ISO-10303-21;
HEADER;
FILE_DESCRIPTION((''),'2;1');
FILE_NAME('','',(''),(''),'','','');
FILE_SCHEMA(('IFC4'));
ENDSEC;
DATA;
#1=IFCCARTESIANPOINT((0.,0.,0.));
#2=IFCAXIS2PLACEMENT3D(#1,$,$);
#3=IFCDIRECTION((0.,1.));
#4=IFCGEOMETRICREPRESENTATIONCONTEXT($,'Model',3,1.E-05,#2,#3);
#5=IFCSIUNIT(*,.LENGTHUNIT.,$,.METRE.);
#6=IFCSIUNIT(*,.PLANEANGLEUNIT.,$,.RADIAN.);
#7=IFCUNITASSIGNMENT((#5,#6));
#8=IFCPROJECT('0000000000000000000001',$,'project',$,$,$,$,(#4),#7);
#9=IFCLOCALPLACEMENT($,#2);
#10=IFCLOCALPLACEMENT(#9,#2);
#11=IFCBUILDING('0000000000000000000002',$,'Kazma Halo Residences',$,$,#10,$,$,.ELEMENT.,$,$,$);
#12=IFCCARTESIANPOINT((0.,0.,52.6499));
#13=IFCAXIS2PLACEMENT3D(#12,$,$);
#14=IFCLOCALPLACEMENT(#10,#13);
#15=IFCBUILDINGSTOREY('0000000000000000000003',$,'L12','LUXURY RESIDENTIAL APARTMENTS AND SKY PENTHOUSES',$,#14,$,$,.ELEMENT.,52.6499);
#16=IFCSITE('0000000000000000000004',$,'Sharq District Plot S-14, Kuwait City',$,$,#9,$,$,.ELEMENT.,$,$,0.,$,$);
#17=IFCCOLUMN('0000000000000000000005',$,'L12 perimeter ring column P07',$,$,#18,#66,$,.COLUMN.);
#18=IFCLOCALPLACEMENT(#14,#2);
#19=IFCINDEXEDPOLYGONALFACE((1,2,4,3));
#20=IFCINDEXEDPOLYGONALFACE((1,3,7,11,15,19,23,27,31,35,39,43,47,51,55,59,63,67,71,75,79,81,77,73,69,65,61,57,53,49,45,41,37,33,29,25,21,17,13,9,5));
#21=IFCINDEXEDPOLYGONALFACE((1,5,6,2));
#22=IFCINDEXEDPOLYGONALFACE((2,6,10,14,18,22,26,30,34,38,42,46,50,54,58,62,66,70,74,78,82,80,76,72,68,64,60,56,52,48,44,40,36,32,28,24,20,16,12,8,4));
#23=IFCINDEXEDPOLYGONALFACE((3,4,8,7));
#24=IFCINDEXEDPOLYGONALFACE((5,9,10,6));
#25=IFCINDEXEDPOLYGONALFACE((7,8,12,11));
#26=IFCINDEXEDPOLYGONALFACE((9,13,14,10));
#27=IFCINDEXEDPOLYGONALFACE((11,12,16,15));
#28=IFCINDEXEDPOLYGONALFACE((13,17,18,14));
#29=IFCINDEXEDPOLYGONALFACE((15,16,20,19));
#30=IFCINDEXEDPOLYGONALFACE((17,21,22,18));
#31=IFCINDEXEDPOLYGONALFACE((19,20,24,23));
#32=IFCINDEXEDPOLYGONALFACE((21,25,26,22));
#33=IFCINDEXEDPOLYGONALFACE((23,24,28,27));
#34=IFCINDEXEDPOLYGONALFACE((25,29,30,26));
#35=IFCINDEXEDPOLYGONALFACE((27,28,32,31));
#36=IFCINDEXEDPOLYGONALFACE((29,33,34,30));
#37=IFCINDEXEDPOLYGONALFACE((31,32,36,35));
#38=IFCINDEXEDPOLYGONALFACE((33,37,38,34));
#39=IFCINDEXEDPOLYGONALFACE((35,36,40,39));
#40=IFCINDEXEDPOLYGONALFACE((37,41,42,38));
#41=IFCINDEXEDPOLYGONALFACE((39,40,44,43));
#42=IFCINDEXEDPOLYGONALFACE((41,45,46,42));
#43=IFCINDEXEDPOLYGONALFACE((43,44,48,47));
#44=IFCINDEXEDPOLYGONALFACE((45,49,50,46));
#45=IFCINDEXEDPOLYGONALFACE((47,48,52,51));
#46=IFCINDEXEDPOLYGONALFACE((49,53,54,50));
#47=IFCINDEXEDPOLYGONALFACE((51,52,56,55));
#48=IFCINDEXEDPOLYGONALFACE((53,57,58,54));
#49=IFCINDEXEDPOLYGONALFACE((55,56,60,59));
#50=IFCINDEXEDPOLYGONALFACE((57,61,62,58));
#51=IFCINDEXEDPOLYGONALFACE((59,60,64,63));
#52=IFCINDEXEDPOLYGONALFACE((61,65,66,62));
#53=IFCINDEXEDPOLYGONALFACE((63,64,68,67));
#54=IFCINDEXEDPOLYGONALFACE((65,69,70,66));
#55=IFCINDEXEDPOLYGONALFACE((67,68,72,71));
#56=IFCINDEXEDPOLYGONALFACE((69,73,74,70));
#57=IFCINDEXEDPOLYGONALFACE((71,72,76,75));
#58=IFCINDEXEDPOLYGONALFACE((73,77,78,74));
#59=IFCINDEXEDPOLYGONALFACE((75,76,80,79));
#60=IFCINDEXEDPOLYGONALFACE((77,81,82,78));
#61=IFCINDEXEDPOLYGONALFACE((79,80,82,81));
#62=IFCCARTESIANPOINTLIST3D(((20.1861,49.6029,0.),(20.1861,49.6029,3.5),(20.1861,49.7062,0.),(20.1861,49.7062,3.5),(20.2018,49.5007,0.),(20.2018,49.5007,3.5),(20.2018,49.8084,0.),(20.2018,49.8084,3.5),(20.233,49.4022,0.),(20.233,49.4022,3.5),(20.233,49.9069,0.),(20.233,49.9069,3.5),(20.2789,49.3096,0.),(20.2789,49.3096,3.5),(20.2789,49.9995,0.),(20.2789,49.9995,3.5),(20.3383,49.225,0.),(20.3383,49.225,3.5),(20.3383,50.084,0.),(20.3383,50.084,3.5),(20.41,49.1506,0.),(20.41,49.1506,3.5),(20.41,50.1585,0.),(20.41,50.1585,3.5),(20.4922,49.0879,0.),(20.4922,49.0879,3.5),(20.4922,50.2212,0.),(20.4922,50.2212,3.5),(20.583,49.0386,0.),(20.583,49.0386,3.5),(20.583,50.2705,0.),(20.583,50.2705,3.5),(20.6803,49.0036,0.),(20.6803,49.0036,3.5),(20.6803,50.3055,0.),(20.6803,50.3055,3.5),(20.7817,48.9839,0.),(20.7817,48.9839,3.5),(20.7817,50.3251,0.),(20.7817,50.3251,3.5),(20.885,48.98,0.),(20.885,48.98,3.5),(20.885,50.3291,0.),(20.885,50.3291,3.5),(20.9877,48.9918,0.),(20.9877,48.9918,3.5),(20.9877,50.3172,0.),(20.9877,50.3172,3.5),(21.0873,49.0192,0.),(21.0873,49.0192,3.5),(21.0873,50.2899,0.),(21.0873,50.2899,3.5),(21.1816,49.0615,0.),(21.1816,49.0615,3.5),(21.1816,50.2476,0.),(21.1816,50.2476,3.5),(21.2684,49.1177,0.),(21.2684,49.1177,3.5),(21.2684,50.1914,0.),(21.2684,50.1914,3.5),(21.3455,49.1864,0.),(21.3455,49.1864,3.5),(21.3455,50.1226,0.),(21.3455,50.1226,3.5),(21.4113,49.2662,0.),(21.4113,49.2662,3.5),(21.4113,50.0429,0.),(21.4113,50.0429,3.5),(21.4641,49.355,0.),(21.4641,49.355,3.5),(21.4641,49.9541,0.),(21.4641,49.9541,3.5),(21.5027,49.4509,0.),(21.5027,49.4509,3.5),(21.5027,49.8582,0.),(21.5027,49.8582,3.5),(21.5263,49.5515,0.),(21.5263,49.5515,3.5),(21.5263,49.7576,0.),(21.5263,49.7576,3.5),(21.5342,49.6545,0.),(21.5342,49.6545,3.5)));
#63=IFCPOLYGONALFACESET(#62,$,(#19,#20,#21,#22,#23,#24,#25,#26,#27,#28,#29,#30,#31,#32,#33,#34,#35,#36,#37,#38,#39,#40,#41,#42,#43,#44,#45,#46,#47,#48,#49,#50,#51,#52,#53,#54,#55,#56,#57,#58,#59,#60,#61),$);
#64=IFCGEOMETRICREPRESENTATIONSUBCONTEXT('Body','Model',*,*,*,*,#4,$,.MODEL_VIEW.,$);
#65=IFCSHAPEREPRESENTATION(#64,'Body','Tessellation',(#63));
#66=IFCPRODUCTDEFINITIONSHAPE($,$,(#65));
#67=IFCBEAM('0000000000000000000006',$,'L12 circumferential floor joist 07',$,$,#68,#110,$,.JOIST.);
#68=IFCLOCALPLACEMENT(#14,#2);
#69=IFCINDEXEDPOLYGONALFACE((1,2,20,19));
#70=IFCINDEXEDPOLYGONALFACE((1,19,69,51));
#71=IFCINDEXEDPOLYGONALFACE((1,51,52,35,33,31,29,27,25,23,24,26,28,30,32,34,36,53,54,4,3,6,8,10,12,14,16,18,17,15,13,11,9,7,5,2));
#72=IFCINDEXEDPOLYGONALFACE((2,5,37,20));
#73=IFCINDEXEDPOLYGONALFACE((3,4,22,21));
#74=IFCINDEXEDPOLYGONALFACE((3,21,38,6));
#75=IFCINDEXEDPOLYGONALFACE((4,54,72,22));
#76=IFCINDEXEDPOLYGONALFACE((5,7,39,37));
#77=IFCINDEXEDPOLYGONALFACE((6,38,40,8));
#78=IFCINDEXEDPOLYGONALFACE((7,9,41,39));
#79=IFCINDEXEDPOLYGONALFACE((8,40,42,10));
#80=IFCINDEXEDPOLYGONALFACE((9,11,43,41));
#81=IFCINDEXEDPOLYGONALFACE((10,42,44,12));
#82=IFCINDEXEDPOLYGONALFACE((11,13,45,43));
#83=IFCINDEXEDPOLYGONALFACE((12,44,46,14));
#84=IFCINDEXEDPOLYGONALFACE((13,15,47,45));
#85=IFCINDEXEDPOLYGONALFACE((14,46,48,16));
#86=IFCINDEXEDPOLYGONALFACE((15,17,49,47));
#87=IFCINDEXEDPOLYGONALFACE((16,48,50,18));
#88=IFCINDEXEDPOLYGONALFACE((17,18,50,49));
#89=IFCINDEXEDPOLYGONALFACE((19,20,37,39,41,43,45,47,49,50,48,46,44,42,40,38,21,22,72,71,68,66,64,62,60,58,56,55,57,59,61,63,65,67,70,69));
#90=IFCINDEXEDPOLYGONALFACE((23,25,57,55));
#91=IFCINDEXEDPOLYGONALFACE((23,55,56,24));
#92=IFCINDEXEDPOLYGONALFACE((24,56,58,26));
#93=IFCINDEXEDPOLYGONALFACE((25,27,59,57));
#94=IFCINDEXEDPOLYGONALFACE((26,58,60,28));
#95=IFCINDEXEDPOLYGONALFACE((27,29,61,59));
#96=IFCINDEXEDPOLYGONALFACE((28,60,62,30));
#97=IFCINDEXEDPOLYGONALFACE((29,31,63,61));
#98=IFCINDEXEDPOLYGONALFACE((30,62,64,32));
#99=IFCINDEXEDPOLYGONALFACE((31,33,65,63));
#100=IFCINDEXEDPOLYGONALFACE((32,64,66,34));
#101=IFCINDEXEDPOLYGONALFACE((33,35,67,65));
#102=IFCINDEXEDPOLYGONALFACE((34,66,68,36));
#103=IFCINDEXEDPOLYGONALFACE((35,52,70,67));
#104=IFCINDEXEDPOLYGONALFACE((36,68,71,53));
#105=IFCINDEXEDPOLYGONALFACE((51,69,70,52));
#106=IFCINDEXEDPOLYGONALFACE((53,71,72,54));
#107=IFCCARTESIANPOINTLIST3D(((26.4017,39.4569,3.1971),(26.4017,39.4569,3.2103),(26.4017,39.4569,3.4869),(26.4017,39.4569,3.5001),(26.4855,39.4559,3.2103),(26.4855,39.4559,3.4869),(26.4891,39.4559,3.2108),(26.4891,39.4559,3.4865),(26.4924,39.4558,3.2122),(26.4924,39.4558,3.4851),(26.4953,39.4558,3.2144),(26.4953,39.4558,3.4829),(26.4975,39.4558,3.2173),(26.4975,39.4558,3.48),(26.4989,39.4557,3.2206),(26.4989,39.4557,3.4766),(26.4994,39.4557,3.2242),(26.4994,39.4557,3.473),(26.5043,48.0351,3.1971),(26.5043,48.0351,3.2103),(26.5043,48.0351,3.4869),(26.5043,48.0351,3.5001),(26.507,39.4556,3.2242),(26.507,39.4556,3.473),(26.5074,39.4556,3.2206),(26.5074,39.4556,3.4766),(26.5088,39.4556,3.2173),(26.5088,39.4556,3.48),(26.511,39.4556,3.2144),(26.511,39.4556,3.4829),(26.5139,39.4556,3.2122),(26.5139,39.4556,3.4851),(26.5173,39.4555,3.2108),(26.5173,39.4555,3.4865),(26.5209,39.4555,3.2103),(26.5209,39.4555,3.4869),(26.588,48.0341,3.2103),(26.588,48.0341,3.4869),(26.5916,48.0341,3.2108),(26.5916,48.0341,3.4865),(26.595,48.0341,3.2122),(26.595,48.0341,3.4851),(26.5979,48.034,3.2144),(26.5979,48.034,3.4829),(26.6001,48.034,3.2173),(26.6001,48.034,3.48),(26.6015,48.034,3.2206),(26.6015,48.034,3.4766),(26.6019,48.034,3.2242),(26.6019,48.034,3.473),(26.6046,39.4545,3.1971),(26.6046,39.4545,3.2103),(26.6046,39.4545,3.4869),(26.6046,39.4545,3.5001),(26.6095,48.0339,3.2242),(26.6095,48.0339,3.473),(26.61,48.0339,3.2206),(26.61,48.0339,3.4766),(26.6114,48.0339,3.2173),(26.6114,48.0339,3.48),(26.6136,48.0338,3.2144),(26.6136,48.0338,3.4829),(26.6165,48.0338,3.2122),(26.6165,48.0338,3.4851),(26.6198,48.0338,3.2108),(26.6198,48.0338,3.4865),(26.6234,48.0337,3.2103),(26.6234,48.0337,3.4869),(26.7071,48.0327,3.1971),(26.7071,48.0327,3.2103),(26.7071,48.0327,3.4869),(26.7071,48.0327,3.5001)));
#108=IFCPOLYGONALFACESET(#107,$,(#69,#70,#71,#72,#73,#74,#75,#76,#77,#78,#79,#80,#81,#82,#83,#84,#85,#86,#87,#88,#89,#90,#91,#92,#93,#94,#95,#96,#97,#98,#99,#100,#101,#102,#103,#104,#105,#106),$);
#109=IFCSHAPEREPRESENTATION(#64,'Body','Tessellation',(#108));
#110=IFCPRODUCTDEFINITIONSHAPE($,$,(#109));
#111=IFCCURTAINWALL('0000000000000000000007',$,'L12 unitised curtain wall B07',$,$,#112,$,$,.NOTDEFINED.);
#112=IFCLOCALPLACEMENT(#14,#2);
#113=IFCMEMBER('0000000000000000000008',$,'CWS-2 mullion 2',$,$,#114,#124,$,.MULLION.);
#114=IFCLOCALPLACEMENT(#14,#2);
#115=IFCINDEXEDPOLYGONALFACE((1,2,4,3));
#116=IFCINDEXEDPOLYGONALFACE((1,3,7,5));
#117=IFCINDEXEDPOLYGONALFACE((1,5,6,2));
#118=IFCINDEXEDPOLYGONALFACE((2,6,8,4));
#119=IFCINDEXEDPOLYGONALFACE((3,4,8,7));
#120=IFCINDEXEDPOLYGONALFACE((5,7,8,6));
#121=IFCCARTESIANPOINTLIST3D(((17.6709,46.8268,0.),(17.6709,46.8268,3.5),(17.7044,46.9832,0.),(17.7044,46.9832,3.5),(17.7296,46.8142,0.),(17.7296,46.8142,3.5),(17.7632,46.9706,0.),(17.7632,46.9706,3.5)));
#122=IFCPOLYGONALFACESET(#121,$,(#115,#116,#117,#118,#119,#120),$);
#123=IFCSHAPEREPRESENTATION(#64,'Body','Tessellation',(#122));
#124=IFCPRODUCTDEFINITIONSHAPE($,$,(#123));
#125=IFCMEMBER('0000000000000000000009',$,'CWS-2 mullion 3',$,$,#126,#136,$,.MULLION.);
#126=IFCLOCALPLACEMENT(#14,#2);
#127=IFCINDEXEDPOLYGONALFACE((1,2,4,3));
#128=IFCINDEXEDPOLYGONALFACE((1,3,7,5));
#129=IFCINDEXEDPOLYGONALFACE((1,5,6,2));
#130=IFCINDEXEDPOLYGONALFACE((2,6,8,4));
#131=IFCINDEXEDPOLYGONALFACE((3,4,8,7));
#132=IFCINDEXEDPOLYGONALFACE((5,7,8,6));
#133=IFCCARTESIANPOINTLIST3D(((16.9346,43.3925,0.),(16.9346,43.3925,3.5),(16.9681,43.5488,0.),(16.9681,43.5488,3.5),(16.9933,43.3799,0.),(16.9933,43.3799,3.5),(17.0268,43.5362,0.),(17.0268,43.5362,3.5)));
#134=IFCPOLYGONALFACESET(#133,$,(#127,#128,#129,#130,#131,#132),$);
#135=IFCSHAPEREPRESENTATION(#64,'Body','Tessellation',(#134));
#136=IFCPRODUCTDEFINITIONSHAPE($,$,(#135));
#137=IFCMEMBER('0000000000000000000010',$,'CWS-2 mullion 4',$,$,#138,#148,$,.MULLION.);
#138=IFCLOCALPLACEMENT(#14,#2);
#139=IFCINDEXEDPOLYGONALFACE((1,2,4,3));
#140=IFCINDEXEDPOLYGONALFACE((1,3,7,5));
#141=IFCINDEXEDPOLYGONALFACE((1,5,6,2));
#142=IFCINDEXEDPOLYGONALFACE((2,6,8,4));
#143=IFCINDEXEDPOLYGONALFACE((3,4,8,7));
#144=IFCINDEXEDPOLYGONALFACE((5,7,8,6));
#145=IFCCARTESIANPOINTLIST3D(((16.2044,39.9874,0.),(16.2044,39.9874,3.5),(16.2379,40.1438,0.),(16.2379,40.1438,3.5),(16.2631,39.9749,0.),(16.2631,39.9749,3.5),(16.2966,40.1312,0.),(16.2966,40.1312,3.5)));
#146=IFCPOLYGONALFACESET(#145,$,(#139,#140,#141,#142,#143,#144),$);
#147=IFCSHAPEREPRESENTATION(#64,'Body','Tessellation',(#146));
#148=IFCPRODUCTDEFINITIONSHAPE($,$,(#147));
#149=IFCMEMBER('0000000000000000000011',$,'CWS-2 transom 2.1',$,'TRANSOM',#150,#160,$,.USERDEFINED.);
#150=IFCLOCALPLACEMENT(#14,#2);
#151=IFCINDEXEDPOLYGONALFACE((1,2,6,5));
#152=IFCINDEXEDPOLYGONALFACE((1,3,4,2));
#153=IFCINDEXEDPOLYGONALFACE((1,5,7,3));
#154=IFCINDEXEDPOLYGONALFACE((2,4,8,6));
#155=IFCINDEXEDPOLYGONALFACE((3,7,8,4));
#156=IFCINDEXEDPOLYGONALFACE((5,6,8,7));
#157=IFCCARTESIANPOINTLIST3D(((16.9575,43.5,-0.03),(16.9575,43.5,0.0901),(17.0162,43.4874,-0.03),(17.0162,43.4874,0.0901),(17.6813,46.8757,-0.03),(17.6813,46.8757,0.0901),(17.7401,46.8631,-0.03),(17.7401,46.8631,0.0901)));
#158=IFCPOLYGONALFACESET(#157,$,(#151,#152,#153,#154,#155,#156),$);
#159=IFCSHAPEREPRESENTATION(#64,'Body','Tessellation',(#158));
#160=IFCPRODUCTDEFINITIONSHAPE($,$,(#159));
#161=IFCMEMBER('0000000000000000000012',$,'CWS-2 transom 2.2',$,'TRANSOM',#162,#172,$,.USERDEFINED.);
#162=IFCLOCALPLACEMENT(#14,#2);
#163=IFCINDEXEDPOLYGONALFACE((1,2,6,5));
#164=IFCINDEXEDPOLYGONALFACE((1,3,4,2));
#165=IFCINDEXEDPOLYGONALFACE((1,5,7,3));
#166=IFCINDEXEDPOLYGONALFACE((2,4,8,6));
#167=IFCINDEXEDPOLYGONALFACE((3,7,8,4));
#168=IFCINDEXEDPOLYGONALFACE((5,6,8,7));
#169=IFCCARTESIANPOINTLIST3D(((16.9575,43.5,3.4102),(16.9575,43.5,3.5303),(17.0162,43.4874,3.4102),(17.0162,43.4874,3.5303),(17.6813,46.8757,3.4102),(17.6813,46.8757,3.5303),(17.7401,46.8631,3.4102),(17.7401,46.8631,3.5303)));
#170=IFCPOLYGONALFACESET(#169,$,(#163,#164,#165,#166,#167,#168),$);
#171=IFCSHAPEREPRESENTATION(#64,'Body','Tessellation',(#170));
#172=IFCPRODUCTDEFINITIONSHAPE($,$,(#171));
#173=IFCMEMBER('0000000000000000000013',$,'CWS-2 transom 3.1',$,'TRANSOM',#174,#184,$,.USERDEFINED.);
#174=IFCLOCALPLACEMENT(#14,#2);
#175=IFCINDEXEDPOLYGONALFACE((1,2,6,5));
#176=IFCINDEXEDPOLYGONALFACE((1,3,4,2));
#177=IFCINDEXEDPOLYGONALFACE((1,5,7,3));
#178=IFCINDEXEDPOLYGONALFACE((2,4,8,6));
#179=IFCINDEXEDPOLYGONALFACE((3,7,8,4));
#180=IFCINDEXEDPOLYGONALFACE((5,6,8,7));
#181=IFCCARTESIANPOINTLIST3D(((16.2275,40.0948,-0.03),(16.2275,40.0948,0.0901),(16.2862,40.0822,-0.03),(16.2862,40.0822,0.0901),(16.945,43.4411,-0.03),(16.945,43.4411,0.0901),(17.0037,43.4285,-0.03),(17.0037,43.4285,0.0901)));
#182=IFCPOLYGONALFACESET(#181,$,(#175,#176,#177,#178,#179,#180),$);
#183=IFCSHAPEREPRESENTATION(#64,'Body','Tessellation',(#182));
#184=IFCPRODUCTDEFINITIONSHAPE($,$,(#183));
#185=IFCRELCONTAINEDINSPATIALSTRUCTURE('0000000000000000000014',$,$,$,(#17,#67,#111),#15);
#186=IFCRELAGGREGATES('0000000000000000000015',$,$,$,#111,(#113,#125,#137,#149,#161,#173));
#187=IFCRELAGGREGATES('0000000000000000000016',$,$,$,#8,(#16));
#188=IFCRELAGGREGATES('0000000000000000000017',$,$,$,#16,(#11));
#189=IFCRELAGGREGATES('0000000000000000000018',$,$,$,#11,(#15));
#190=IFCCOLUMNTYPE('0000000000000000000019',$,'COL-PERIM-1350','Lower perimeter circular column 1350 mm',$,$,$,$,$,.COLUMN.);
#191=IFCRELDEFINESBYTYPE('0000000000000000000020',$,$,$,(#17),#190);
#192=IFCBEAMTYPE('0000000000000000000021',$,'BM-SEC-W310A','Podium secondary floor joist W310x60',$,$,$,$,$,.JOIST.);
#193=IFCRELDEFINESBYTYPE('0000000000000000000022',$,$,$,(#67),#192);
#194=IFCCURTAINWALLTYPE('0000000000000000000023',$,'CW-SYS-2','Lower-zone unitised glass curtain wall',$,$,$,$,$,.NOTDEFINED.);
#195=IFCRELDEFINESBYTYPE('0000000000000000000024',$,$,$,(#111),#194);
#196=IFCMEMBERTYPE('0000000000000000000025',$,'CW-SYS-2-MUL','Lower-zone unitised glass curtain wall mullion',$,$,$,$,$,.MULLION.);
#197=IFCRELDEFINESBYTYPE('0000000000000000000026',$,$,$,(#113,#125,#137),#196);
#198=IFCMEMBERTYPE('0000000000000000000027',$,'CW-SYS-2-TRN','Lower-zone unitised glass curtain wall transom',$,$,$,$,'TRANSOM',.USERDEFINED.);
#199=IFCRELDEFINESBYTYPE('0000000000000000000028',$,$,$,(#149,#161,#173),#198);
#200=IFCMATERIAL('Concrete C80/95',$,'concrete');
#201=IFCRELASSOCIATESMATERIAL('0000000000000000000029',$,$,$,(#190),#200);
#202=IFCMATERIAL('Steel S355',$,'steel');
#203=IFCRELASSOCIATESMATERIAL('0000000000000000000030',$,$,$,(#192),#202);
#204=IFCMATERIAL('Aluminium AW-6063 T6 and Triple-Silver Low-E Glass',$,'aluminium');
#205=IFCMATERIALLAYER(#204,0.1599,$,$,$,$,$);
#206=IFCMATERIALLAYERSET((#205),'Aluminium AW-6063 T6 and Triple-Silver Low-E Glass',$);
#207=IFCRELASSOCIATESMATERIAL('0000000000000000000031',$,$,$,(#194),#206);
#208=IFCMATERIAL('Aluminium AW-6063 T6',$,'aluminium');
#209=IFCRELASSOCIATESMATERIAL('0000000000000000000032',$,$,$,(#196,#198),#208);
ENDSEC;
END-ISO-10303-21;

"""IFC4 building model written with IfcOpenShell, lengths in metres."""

from ifc_helpers import new_model, si_unit, direction, frame, origin, origin_2d, place, context, subcontext, project, spatial, rectangle, circle, i_section, extrude, material, layer, layer_set, material_profile, profile_set, type_object, element, aggregate, save


model = new_model("IFC4")

# Units and contexts
model_context = context("Model", 3, precision=1e-05, world=origin(), true_north=direction((0.0, 1.0)))
body_context = subcontext(model_context, "Body", "Model", "MODEL_VIEW")
ifc_project = project(units=[si_unit("LENGTHUNIT", "METRE"), si_unit("PLANEANGLEUNIT", "RADIAN")], contexts=[model_context])

# Site, building, storey
site_placement = place(None, origin())
site = spatial("IfcSite", under=ifc_project, at=site_placement, Name="Sharq District Plot S-14, Kuwait City", CompositionType="ELEMENT", RefElevation=0.0)
building_placement = place(site_placement, origin())
building = spatial("IfcBuilding", under=site, at=building_placement, Name="Kazma Halo Residences", CompositionType="ELEMENT")
storey_placement = place(building_placement, frame((0.0, 0.0, 52.6499)))
storey = spatial("IfcBuildingStorey", under=building, at=storey_placement, Name="L12", Description="LUXURY RESIDENTIAL APARTMENTS AND SKY PENTHOUSES", CompositionType="ELEMENT", Elevation=52.6499)

# Column
ifc_material_1 = material(Name="Concrete C80/95", Category="concrete")
ifc_material_profile_1 = material_profile(ifc_material_1, circle(Radius=0.675, at=origin_2d()), Name="CIRC1350")
ifc_profile_set_1 = profile_set([ifc_material_profile_1], Name="Concrete C80/95")
column_type = type_object("IfcColumnType", Name="COL-PERIM-1350", Description="Lower perimeter circular column 1350 mm", PredefinedType="COLUMN", material=ifc_profile_set_1)
column_placement = place(storey_placement, frame((20.8591, 49.6545, 0.0), z_axis=(0.0, 0.0, 1.0), x_axis=(1.0, 0.0, 0.0)))
element("IfcColumn", 1, at=column_placement, inside=storey, type_object=column_type, Name="L12 perimeter ring column P07", PredefinedType="COLUMN", context=body_context, shape_type="SweptSolid", body=[
    extrude(circle(Radius=0.675, at=origin_2d()), origin(), (0.0, 0.0, 1.0), 3.5),
])

# Beam
ifc_material_2 = material(Name="Steel S355", Category="steel")
ifc_material_profile_2 = material_profile(ifc_material_2, i_section(OverallWidth=0.2029, OverallDepth=0.303, WebThickness=0.0076, FlangeThickness=0.0132, FilletRadius=0.0139, at=origin_2d()), Name="W310x60")
ifc_profile_set_2 = profile_set([ifc_material_profile_2], Name="Steel S355")
beam_type = type_object("IfcBeamType", Name="BM-SEC-W310A", Description="Podium secondary floor joist W310x60", PredefinedType="JOIST", material=ifc_profile_set_2)
beam_placement = place(storey_placement, frame((26.6057, 48.0339, 3.3486), z_axis=(-0.011953, -0.999929, 0.0), x_axis=(0.999929, -0.011953, 0.0)))
element("IfcBeam", 2, at=beam_placement, inside=storey, type_object=beam_type, Name="L12 circumferential floor joist 07", PredefinedType="JOIST", context=body_context, shape_type="SweptSolid", body=[
    extrude(i_section(OverallWidth=0.2029, OverallDepth=0.303, WebThickness=0.0076, FlangeThickness=0.0132, FilletRadius=0.0139, at=origin_2d()), origin(), (0.0, 0.0, 1.0), 8.5789),
])

# Curtain wall, members
ifc_material_3 = material(Name="Aluminium AW-6063 T6 and Triple-Silver Low-E Glass", Category="aluminium")
ifc_layer_1 = layer(ifc_material_3, 0.1599)
ifc_layer_set_1 = layer_set([ifc_layer_1], Name="Aluminium AW-6063 T6 and Triple-Silver Low-E Glass")
curtain_wall_type = type_object("IfcCurtainWallType", Name="CW-SYS-2", Description="Lower-zone unitised glass curtain wall", PredefinedType="NOTDEFINED", material=ifc_layer_set_1)
curtain_wall_placement = place(storey_placement, origin())
curtain_wall = element("IfcCurtainWall", 3, at=curtain_wall_placement, inside=storey, type_object=curtain_wall_type, Name="L12 unitised curtain wall B07", PredefinedType="NOTDEFINED")
ifc_material_4 = material(Name="Aluminium AW-6063 T6", Category="aluminium")
ifc_material_profile_3 = material_profile(ifc_material_4, rectangle(XDim=0.0601, YDim=0.1599, at=origin_2d()), Name="CWM-60x160")
ifc_profile_set_3 = profile_set([ifc_material_profile_3], Name="Aluminium AW-6063 T6")
member_type_1 = type_object("IfcMemberType", Name="CW-SYS-2-MUL", Description="Lower-zone unitised glass curtain wall mullion", PredefinedType="MULLION", material=ifc_profile_set_3)
member_1_placement = place(storey_placement, frame((17.717, 46.8987, 0.0), z_axis=(0.0, 0.0, 1.0), x_axis=(0.977779, -0.209637, 0.0)))
member_1 = element("IfcMember", 4, at=member_1_placement, type_object=member_type_1, Name="CWS-2 mullion 2", PredefinedType="MULLION", context=body_context, shape_type="SweptSolid", body=[
    extrude(rectangle(XDim=0.0601, YDim=0.1599, at=origin_2d()), origin(), (0.0, 0.0, 1.0), 3.5),
])
member_2_placement = place(storey_placement, frame((16.9807, 43.4644, 0.0), z_axis=(0.0, 0.0, 1.0), x_axis=(0.977779, -0.209637, 0.0)))
member_2 = element("IfcMember", 5, at=member_2_placement, type_object=member_type_1, Name="CWS-2 mullion 3", PredefinedType="MULLION", context=body_context, shape_type="SweptSolid", body=[
    extrude(rectangle(XDim=0.0601, YDim=0.1599, at=origin_2d()), origin(), (0.0, 0.0, 1.0), 3.5),
])
member_3_placement = place(storey_placement, frame((16.2505, 40.0593, 0.0), z_axis=(0.0, 0.0, 1.0), x_axis=(0.977779, -0.209637, 0.0)))
member_3 = element("IfcMember", 6, at=member_3_placement, type_object=member_type_1, Name="CWS-2 mullion 4", PredefinedType="MULLION", context=body_context, shape_type="SweptSolid", body=[
    extrude(rectangle(XDim=0.0601, YDim=0.1599, at=origin_2d()), origin(), (0.0, 0.0, 1.0), 3.5),
])
ifc_material_profile_4 = material_profile(ifc_material_4, rectangle(XDim=0.0601, YDim=0.1201, at=origin_2d()), Name="CWT-60x120")
ifc_profile_set_4 = profile_set([ifc_material_profile_4], Name="Aluminium AW-6063 T6")
member_type_2 = type_object("IfcMemberType", Name="CW-SYS-2-TRN", Description="Lower-zone unitised glass curtain wall transom", ElementType="TRANSOM", PredefinedType="USERDEFINED", material=ifc_profile_set_4)
member_4_placement = place(storey_placement, frame((17.7107, 46.8694, 0.03), z_axis=(-0.209669, -0.977772, 0.0), x_axis=(0.977772, -0.209669, 0.0)))
member_4 = element("IfcMember", 7, at=member_4_placement, type_object=member_type_2, Name="CWS-2 transom 2.1", ObjectType="TRANSOM", PredefinedType="USERDEFINED", context=body_context, shape_type="SweptSolid", body=[
    extrude(rectangle(XDim=0.0601, YDim=0.1201, at=origin_2d()), origin(), (0.0, 0.0, 1.0), 3.4524),
])
member_5_placement = place(storey_placement, frame((17.7107, 46.8694, 3.4702), z_axis=(-0.209669, -0.977772, 0.0), x_axis=(0.977772, -0.209669, 0.0)))
member_5 = element("IfcMember", 8, at=member_5_placement, type_object=member_type_2, Name="CWS-2 transom 2.2", ObjectType="TRANSOM", PredefinedType="USERDEFINED", context=body_context, shape_type="SweptSolid", body=[
    extrude(rectangle(XDim=0.0601, YDim=0.1201, at=origin_2d()), origin(), (0.0, 0.0, 1.0), 3.4524),
])
member_6_placement = place(storey_placement, frame((16.9744, 43.4348, 0.03), z_axis=(-0.209666, -0.977773, 0.0), x_axis=(0.977773, -0.209666, 0.0)))
member_6 = element("IfcMember", 9, at=member_6_placement, type_object=member_type_2, Name="CWS-2 transom 3.1", ObjectType="TRANSOM", PredefinedType="USERDEFINED", context=body_context, shape_type="SweptSolid", body=[
    extrude(rectangle(XDim=0.0601, YDim=0.1201, at=origin_2d()), origin(), (0.0, 0.0, 1.0), 3.4224),
])
aggregate(curtain_wall, [member_1, member_2, member_3, member_4, member_5, member_6])

save(model, "model.ifc")
